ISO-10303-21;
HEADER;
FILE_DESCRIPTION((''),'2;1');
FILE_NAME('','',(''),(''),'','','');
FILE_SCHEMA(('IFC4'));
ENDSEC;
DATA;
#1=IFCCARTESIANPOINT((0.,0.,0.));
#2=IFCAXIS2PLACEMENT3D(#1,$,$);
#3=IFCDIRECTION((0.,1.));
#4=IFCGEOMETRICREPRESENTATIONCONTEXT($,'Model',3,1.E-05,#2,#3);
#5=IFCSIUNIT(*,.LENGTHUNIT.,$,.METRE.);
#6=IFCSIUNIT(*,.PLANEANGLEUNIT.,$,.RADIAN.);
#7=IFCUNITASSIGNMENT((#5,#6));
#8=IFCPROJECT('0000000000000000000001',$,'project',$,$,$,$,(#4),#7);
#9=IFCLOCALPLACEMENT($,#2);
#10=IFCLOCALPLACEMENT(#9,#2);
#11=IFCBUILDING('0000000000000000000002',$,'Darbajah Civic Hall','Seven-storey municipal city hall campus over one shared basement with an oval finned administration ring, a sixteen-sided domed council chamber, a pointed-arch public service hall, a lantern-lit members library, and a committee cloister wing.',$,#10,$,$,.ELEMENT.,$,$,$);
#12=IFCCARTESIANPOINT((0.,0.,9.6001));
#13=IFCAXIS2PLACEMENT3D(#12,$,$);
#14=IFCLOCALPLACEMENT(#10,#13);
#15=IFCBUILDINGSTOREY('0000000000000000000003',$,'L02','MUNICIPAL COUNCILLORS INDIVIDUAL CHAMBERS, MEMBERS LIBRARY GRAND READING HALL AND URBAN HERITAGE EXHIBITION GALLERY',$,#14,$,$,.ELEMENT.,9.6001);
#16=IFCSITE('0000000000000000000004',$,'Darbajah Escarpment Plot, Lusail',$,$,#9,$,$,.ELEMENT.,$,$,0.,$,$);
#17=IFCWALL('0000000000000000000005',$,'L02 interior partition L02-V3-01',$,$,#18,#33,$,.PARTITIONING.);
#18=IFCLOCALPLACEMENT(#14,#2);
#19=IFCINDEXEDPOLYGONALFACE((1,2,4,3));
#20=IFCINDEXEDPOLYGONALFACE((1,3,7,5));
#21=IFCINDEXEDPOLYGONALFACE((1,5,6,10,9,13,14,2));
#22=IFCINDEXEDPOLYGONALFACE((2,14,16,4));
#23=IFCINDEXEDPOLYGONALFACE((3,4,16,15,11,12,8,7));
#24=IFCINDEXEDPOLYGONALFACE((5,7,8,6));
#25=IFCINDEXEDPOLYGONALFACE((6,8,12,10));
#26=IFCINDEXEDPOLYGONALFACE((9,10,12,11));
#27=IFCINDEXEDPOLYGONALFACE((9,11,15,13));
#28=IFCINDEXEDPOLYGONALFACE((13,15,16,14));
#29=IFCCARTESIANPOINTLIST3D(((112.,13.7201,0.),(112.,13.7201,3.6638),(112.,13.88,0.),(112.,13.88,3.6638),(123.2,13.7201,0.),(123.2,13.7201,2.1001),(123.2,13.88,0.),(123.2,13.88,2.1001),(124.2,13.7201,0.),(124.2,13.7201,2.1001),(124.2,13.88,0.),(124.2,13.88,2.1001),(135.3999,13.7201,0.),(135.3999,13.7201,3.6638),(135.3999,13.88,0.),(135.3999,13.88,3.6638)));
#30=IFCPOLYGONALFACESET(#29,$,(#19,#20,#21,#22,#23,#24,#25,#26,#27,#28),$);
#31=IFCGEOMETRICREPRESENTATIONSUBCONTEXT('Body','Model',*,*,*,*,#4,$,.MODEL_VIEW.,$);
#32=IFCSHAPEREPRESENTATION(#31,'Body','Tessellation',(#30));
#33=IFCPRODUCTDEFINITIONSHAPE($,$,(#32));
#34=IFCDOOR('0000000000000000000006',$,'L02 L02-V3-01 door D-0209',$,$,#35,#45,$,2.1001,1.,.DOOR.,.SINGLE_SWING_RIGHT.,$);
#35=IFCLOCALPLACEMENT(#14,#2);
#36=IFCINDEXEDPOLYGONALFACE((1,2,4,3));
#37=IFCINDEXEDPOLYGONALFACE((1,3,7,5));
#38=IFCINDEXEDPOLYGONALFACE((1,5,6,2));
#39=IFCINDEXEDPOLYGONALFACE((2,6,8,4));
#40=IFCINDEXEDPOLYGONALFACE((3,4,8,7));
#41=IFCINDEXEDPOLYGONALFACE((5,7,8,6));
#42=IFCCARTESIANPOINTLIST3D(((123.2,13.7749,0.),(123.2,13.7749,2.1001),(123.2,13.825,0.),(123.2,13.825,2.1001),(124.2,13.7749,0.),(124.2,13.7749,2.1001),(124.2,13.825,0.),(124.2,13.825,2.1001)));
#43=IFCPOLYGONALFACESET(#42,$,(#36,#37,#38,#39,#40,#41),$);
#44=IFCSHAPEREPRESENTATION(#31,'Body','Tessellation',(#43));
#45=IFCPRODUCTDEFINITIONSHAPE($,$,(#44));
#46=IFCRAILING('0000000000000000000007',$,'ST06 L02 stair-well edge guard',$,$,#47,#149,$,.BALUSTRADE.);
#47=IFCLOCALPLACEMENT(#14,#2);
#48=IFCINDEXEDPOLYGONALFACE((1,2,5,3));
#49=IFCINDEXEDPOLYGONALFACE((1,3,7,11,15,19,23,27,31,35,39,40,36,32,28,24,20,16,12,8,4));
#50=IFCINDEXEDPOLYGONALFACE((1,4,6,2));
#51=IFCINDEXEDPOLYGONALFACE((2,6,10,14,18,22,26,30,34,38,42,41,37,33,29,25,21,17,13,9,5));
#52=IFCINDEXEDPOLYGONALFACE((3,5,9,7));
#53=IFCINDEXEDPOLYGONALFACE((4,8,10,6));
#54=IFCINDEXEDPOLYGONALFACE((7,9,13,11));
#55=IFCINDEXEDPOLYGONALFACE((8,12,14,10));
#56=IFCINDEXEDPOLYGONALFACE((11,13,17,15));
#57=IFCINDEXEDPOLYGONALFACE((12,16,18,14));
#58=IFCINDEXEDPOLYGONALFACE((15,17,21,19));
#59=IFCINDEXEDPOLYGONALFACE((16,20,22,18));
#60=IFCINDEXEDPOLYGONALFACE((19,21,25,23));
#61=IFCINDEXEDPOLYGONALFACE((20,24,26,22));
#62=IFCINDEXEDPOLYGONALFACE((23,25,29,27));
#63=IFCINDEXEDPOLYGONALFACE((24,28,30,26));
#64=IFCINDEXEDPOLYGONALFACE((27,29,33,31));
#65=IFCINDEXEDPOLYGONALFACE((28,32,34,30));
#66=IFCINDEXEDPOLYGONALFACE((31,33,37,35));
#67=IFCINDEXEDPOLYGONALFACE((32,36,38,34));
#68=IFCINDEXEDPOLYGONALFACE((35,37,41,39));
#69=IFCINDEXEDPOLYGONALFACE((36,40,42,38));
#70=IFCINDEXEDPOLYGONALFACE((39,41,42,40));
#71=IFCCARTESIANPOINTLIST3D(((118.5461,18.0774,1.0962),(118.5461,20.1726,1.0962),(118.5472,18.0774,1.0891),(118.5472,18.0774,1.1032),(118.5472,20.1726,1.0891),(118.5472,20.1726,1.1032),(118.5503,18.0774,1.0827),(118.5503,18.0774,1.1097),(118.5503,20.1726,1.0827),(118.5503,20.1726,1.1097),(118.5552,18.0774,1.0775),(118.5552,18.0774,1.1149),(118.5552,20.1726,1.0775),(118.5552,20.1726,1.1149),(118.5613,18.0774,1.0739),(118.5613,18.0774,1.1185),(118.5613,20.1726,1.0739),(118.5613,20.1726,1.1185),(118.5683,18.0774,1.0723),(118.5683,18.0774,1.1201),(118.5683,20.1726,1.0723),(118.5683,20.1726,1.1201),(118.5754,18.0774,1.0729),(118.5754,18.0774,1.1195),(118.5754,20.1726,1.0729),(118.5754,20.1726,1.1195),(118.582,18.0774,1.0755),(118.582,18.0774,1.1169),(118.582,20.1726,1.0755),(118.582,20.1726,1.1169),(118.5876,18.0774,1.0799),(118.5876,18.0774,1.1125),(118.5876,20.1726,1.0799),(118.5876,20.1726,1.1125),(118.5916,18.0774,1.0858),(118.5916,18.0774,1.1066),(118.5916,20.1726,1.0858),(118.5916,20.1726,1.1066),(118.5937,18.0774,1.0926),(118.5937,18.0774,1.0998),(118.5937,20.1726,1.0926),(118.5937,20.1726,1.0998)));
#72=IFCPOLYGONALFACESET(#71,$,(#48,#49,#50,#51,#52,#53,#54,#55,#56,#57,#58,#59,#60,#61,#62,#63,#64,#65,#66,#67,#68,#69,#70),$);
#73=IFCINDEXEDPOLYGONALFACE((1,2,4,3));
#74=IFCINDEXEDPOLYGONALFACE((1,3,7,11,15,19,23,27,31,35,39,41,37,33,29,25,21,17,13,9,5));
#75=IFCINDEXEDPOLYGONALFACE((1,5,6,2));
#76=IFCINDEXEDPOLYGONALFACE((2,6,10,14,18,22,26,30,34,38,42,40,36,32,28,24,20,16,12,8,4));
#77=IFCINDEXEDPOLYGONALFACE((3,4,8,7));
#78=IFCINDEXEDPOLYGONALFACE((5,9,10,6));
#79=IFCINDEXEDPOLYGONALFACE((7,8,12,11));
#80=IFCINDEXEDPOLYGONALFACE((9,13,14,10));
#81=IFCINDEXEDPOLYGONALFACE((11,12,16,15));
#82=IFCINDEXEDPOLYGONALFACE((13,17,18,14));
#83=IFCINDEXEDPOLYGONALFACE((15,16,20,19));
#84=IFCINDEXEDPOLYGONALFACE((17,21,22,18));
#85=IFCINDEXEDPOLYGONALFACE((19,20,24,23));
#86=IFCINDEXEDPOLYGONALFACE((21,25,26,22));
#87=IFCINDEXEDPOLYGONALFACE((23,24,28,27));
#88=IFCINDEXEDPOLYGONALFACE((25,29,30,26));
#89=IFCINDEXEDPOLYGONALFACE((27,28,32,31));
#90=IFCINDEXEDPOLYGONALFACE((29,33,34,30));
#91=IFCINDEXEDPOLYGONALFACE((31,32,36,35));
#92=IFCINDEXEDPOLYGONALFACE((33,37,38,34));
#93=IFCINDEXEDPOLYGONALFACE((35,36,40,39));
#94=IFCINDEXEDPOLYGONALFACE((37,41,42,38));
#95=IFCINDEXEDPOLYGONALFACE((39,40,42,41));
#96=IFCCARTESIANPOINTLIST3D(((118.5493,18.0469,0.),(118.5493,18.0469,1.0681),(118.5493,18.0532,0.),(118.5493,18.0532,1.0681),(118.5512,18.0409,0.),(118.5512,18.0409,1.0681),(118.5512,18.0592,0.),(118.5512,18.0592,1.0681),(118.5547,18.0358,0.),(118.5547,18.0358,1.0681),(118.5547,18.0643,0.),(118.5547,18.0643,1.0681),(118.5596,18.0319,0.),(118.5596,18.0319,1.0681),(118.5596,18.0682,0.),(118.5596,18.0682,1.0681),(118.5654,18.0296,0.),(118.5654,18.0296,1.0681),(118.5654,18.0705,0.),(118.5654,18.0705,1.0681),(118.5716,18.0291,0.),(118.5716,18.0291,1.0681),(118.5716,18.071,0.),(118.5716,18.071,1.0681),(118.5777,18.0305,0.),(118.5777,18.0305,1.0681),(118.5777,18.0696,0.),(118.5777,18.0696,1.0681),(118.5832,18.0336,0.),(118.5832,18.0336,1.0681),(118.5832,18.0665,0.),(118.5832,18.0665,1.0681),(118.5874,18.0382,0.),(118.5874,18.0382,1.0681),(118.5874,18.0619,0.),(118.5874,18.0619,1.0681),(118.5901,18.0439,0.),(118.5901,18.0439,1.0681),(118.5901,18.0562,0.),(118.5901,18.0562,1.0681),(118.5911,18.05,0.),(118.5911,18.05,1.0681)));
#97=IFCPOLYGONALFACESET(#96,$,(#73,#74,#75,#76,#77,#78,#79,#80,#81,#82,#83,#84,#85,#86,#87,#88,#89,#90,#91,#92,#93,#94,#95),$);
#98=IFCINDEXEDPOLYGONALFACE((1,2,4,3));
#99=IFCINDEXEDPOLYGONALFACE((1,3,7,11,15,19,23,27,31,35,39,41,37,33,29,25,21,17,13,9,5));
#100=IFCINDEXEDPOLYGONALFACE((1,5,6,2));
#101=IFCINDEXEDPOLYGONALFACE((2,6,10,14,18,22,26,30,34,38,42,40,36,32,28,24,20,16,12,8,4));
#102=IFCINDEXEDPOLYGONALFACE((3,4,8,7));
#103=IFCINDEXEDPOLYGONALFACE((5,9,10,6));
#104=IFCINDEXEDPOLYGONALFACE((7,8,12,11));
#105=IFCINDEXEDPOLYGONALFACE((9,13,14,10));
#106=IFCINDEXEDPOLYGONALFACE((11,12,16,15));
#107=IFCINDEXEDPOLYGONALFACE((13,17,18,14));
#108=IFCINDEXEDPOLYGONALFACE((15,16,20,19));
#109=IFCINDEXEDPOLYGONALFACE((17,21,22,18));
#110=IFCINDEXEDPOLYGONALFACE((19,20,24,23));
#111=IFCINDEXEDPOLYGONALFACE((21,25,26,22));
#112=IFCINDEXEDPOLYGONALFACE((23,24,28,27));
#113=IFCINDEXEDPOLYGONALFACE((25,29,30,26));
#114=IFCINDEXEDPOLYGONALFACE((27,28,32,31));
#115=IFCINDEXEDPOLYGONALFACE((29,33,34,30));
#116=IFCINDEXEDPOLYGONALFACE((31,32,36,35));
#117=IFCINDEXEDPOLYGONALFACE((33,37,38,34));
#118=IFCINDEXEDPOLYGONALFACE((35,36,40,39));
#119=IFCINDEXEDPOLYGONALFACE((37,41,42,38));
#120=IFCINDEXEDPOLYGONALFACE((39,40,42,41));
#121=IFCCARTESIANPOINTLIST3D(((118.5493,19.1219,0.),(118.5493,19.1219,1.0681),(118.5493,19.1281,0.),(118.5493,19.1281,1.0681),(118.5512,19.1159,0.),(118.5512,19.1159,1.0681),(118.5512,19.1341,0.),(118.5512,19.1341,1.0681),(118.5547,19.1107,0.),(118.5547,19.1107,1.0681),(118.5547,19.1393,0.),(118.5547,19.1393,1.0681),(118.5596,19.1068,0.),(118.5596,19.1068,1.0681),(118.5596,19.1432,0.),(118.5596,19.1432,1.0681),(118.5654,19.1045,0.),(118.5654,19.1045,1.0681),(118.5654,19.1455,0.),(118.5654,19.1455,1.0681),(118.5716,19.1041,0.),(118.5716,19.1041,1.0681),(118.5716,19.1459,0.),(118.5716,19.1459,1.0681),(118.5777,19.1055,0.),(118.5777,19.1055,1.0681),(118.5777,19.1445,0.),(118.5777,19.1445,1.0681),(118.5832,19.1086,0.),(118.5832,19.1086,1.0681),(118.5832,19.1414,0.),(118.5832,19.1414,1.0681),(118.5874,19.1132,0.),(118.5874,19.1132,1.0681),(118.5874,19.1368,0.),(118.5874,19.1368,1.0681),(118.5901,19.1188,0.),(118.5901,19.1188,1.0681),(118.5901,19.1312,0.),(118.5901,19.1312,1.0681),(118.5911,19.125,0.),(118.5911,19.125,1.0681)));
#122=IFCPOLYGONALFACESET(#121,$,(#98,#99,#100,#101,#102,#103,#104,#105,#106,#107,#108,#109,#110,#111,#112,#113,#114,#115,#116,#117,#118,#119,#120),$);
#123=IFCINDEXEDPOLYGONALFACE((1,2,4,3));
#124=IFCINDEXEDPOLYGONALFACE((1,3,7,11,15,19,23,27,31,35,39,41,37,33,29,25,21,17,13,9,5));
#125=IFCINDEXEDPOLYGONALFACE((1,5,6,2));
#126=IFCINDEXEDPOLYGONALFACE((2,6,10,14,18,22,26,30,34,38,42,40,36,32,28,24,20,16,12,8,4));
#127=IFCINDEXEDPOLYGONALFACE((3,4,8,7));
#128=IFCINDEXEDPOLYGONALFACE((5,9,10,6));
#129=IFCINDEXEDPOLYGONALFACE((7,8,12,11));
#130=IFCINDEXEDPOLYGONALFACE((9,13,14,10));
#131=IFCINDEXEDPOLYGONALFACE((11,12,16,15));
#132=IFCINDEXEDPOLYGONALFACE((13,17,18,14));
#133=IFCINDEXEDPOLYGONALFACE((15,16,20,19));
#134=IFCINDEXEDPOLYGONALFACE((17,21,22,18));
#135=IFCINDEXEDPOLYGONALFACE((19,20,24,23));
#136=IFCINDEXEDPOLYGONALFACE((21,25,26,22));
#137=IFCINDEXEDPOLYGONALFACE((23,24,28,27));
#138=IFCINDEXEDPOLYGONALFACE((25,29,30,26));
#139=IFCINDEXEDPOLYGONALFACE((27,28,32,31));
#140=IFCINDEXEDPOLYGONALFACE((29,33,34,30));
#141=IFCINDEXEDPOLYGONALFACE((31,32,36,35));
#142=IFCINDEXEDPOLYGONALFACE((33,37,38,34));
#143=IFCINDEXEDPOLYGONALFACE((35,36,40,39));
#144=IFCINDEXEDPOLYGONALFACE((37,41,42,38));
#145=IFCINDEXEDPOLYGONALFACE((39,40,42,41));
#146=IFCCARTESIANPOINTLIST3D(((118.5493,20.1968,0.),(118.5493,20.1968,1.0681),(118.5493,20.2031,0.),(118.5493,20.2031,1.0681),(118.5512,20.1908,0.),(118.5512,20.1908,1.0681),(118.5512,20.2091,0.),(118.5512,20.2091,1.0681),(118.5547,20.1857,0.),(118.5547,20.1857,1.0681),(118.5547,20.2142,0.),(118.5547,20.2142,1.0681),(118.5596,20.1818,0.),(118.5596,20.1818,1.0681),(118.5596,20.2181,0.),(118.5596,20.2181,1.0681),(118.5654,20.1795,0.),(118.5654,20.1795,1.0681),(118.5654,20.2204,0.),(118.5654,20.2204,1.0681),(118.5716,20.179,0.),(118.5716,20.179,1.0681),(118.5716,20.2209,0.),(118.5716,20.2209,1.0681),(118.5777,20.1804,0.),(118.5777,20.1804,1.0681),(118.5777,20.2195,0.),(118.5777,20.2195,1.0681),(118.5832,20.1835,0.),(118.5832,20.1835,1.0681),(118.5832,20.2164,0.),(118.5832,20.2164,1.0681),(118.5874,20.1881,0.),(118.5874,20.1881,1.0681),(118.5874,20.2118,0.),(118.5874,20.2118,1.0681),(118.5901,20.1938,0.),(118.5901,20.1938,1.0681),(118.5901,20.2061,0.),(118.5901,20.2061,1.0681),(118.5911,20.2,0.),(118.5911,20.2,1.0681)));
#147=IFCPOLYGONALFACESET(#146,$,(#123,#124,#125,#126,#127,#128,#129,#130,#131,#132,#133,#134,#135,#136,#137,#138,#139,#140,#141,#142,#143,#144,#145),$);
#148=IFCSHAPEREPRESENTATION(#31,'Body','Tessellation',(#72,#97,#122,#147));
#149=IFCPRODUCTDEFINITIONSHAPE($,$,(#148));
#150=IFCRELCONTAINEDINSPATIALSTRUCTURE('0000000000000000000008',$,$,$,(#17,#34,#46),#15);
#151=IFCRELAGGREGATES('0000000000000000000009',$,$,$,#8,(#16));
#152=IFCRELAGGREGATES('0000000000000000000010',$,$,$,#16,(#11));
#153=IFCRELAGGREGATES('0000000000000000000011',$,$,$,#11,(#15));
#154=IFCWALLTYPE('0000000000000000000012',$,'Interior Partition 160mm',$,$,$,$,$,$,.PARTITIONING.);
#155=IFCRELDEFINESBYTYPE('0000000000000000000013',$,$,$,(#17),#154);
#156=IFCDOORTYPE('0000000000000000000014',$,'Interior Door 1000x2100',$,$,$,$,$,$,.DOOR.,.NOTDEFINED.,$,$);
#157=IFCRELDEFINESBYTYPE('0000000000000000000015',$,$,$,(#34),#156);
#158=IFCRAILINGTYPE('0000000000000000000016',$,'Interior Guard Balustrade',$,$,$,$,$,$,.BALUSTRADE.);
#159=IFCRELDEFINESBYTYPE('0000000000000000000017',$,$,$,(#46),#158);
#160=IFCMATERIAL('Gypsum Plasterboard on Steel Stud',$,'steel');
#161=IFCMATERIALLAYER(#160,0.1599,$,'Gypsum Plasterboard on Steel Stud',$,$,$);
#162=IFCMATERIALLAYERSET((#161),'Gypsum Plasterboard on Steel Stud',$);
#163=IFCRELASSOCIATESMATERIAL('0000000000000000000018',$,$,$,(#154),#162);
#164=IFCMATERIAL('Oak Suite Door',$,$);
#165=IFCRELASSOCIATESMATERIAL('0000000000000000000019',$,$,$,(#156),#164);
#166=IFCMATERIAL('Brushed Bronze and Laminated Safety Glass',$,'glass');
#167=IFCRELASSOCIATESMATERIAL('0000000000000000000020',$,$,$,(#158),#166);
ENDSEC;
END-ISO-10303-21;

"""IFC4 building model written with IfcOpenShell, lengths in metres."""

from ifc_helpers import new_model, si_unit, direction, frame, frame_2d, origin, origin_2d, place, context, subcontext, project, spatial, rectangle, circle, extrude, material, layer, layer_set, type_object, element, fill, save


model = new_model("IFC4")

# Units and contexts
model_context = context("Model", 3, precision=1e-05, world=origin(), true_north=direction((0.0, 1.0)))
body_context = subcontext(model_context, "Body", "Model", "MODEL_VIEW")
ifc_project = project(units=[si_unit("LENGTHUNIT", "METRE"), si_unit("PLANEANGLEUNIT", "RADIAN")], contexts=[model_context])

# Site, building, storey
site_placement = place(None, origin())
site = spatial("IfcSite", under=ifc_project, at=site_placement, Name="Darbajah Escarpment Plot, Lusail", CompositionType="ELEMENT", RefElevation=0.0)
building_placement = place(site_placement, origin())
building = spatial("IfcBuilding", under=site, at=building_placement, Name="Darbajah Civic Hall", Description="Seven-storey municipal city hall campus over one shared basement with an oval finned administration ring, a sixteen-sided domed council chamber, a pointed-arch public service hall, a lantern-lit members library, and a committee cloister wing.", CompositionType="ELEMENT")
storey_placement = place(building_placement, frame((0.0, 0.0, 9.6001)))
storey = spatial("IfcBuildingStorey", under=building, at=storey_placement, Name="L02", Description="MUNICIPAL COUNCILLORS INDIVIDUAL CHAMBERS, MEMBERS LIBRARY GRAND READING HALL AND URBAN HERITAGE EXHIBITION GALLERY", CompositionType="ELEMENT", Elevation=9.6001)

# Wall, opening, door
ifc_material_1 = material(Name="Gypsum Plasterboard on Steel Stud", Category="steel")
ifc_layer_1 = layer(ifc_material_1, 0.1599, Name="Gypsum Plasterboard on Steel Stud")
ifc_layer_set_1 = layer_set([ifc_layer_1], Name="Gypsum Plasterboard on Steel Stud")
wall_type_1 = type_object("IfcWallType", Name="Interior Partition 160mm", PredefinedType="PARTITIONING", material=ifc_layer_set_1)
wall_1_placement = place(storey_placement, frame((112.0, 13.8, 0.0), z_axis=(0.0, 0.0, 1.0), x_axis=(1.0, 0.0, 0.0)))
wall_1 = element("IfcWall", 1, at=wall_1_placement, inside=storey, type_object=wall_type_1, Name="L02 interior partition L02-V3-01", PredefinedType="PARTITIONING", context=body_context, shape_type="SweptSolid", body=[
    extrude(rectangle(XDim=23.3999, YDim=0.1599, at=frame_2d((11.7, 0.0))), origin(), (0.0, 0.0, 1.0), 3.6638),
])
opening_1_placement = place(wall_1_placement, frame((11.2, 0.0, 0.0)))
opening_1 = element("IfcOpeningElement", 2, at=opening_1_placement, cuts=wall_1, PredefinedType="OPENING", context=body_context, shape_type="SweptSolid", body=[
    extrude(rectangle(XDim=1.0, YDim=2.1001, at=frame_2d((0.5, 1.05))), frame((0.0, 0.0898, 0.0), z_axis=(0.0, -1.0, 0.0), x_axis=(1.0, 0.0, 0.0)), (0.0, 0.0, 1.0), 0.1799),
])
ifc_material_2 = material(Name="Oak Suite Door")
door_type_1 = type_object("IfcDoorType", Name="Interior Door 1000x2100", OperationType="NOTDEFINED", PredefinedType="DOOR", material=ifc_material_2)
door_1_placement = place(opening_1_placement, origin())
door_1 = element("IfcDoor", 3, at=door_1_placement, inside=storey, type_object=door_type_1, Name="L02 L02-V3-01 door D-0209", OperationType="SINGLE_SWING_RIGHT", OverallHeight=2.1001, OverallWidth=1.0, PredefinedType="DOOR", context=body_context, shape_type="SweptSolid", body=[
    extrude(rectangle(XDim=1.0, YDim=2.1001, at=frame_2d((0.5, 1.05))), frame((0.0, 0.0249, 0.0), z_axis=(0.0, -1.0, 0.0), x_axis=(1.0, 0.0, 0.0)), (0.0, 0.0, 1.0), 0.05),
])
fill(opening_1, door_1)

# Railing
ifc_material_3 = material(Name="Brushed Bronze and Laminated Safety Glass", Category="glass")
railing_type = type_object("IfcRailingType", Name="Interior Guard Balustrade", PredefinedType="BALUSTRADE", material=ifc_material_3)
railing_1_placement = place(storey_placement, frame((118.5701, 18.05, 0.0)))
element("IfcRailing", 4, at=railing_1_placement, inside=storey, type_object=railing_type, Name="ST06 L02 stair-well edge guard", PredefinedType="BALUSTRADE", context=body_context, shape_type="SweptSolid", body=[
    extrude(circle(Radius=0.0239, at=origin_2d()), frame((0.0, 0.0273, 1.0962), z_axis=(0.0, 1.0, 0.0), x_axis=(-1.0, 0.0, 0.0)), (0.0, 0.0, 1.0), 2.0952),
    extrude(circle(Radius=0.021, at=origin_2d()), origin(), (0.0, 0.0, 1.0), 1.0681),
    extrude(circle(Radius=0.021, at=origin_2d()), frame((0.0, 1.075, 0.0)), (0.0, 0.0, 1.0), 1.0681),
    extrude(circle(Radius=0.021, at=origin_2d()), frame((0.0, 2.1499, 0.0)), (0.0, 0.0, 1.0), 1.0681),
])

save(model, "model.ifc")
